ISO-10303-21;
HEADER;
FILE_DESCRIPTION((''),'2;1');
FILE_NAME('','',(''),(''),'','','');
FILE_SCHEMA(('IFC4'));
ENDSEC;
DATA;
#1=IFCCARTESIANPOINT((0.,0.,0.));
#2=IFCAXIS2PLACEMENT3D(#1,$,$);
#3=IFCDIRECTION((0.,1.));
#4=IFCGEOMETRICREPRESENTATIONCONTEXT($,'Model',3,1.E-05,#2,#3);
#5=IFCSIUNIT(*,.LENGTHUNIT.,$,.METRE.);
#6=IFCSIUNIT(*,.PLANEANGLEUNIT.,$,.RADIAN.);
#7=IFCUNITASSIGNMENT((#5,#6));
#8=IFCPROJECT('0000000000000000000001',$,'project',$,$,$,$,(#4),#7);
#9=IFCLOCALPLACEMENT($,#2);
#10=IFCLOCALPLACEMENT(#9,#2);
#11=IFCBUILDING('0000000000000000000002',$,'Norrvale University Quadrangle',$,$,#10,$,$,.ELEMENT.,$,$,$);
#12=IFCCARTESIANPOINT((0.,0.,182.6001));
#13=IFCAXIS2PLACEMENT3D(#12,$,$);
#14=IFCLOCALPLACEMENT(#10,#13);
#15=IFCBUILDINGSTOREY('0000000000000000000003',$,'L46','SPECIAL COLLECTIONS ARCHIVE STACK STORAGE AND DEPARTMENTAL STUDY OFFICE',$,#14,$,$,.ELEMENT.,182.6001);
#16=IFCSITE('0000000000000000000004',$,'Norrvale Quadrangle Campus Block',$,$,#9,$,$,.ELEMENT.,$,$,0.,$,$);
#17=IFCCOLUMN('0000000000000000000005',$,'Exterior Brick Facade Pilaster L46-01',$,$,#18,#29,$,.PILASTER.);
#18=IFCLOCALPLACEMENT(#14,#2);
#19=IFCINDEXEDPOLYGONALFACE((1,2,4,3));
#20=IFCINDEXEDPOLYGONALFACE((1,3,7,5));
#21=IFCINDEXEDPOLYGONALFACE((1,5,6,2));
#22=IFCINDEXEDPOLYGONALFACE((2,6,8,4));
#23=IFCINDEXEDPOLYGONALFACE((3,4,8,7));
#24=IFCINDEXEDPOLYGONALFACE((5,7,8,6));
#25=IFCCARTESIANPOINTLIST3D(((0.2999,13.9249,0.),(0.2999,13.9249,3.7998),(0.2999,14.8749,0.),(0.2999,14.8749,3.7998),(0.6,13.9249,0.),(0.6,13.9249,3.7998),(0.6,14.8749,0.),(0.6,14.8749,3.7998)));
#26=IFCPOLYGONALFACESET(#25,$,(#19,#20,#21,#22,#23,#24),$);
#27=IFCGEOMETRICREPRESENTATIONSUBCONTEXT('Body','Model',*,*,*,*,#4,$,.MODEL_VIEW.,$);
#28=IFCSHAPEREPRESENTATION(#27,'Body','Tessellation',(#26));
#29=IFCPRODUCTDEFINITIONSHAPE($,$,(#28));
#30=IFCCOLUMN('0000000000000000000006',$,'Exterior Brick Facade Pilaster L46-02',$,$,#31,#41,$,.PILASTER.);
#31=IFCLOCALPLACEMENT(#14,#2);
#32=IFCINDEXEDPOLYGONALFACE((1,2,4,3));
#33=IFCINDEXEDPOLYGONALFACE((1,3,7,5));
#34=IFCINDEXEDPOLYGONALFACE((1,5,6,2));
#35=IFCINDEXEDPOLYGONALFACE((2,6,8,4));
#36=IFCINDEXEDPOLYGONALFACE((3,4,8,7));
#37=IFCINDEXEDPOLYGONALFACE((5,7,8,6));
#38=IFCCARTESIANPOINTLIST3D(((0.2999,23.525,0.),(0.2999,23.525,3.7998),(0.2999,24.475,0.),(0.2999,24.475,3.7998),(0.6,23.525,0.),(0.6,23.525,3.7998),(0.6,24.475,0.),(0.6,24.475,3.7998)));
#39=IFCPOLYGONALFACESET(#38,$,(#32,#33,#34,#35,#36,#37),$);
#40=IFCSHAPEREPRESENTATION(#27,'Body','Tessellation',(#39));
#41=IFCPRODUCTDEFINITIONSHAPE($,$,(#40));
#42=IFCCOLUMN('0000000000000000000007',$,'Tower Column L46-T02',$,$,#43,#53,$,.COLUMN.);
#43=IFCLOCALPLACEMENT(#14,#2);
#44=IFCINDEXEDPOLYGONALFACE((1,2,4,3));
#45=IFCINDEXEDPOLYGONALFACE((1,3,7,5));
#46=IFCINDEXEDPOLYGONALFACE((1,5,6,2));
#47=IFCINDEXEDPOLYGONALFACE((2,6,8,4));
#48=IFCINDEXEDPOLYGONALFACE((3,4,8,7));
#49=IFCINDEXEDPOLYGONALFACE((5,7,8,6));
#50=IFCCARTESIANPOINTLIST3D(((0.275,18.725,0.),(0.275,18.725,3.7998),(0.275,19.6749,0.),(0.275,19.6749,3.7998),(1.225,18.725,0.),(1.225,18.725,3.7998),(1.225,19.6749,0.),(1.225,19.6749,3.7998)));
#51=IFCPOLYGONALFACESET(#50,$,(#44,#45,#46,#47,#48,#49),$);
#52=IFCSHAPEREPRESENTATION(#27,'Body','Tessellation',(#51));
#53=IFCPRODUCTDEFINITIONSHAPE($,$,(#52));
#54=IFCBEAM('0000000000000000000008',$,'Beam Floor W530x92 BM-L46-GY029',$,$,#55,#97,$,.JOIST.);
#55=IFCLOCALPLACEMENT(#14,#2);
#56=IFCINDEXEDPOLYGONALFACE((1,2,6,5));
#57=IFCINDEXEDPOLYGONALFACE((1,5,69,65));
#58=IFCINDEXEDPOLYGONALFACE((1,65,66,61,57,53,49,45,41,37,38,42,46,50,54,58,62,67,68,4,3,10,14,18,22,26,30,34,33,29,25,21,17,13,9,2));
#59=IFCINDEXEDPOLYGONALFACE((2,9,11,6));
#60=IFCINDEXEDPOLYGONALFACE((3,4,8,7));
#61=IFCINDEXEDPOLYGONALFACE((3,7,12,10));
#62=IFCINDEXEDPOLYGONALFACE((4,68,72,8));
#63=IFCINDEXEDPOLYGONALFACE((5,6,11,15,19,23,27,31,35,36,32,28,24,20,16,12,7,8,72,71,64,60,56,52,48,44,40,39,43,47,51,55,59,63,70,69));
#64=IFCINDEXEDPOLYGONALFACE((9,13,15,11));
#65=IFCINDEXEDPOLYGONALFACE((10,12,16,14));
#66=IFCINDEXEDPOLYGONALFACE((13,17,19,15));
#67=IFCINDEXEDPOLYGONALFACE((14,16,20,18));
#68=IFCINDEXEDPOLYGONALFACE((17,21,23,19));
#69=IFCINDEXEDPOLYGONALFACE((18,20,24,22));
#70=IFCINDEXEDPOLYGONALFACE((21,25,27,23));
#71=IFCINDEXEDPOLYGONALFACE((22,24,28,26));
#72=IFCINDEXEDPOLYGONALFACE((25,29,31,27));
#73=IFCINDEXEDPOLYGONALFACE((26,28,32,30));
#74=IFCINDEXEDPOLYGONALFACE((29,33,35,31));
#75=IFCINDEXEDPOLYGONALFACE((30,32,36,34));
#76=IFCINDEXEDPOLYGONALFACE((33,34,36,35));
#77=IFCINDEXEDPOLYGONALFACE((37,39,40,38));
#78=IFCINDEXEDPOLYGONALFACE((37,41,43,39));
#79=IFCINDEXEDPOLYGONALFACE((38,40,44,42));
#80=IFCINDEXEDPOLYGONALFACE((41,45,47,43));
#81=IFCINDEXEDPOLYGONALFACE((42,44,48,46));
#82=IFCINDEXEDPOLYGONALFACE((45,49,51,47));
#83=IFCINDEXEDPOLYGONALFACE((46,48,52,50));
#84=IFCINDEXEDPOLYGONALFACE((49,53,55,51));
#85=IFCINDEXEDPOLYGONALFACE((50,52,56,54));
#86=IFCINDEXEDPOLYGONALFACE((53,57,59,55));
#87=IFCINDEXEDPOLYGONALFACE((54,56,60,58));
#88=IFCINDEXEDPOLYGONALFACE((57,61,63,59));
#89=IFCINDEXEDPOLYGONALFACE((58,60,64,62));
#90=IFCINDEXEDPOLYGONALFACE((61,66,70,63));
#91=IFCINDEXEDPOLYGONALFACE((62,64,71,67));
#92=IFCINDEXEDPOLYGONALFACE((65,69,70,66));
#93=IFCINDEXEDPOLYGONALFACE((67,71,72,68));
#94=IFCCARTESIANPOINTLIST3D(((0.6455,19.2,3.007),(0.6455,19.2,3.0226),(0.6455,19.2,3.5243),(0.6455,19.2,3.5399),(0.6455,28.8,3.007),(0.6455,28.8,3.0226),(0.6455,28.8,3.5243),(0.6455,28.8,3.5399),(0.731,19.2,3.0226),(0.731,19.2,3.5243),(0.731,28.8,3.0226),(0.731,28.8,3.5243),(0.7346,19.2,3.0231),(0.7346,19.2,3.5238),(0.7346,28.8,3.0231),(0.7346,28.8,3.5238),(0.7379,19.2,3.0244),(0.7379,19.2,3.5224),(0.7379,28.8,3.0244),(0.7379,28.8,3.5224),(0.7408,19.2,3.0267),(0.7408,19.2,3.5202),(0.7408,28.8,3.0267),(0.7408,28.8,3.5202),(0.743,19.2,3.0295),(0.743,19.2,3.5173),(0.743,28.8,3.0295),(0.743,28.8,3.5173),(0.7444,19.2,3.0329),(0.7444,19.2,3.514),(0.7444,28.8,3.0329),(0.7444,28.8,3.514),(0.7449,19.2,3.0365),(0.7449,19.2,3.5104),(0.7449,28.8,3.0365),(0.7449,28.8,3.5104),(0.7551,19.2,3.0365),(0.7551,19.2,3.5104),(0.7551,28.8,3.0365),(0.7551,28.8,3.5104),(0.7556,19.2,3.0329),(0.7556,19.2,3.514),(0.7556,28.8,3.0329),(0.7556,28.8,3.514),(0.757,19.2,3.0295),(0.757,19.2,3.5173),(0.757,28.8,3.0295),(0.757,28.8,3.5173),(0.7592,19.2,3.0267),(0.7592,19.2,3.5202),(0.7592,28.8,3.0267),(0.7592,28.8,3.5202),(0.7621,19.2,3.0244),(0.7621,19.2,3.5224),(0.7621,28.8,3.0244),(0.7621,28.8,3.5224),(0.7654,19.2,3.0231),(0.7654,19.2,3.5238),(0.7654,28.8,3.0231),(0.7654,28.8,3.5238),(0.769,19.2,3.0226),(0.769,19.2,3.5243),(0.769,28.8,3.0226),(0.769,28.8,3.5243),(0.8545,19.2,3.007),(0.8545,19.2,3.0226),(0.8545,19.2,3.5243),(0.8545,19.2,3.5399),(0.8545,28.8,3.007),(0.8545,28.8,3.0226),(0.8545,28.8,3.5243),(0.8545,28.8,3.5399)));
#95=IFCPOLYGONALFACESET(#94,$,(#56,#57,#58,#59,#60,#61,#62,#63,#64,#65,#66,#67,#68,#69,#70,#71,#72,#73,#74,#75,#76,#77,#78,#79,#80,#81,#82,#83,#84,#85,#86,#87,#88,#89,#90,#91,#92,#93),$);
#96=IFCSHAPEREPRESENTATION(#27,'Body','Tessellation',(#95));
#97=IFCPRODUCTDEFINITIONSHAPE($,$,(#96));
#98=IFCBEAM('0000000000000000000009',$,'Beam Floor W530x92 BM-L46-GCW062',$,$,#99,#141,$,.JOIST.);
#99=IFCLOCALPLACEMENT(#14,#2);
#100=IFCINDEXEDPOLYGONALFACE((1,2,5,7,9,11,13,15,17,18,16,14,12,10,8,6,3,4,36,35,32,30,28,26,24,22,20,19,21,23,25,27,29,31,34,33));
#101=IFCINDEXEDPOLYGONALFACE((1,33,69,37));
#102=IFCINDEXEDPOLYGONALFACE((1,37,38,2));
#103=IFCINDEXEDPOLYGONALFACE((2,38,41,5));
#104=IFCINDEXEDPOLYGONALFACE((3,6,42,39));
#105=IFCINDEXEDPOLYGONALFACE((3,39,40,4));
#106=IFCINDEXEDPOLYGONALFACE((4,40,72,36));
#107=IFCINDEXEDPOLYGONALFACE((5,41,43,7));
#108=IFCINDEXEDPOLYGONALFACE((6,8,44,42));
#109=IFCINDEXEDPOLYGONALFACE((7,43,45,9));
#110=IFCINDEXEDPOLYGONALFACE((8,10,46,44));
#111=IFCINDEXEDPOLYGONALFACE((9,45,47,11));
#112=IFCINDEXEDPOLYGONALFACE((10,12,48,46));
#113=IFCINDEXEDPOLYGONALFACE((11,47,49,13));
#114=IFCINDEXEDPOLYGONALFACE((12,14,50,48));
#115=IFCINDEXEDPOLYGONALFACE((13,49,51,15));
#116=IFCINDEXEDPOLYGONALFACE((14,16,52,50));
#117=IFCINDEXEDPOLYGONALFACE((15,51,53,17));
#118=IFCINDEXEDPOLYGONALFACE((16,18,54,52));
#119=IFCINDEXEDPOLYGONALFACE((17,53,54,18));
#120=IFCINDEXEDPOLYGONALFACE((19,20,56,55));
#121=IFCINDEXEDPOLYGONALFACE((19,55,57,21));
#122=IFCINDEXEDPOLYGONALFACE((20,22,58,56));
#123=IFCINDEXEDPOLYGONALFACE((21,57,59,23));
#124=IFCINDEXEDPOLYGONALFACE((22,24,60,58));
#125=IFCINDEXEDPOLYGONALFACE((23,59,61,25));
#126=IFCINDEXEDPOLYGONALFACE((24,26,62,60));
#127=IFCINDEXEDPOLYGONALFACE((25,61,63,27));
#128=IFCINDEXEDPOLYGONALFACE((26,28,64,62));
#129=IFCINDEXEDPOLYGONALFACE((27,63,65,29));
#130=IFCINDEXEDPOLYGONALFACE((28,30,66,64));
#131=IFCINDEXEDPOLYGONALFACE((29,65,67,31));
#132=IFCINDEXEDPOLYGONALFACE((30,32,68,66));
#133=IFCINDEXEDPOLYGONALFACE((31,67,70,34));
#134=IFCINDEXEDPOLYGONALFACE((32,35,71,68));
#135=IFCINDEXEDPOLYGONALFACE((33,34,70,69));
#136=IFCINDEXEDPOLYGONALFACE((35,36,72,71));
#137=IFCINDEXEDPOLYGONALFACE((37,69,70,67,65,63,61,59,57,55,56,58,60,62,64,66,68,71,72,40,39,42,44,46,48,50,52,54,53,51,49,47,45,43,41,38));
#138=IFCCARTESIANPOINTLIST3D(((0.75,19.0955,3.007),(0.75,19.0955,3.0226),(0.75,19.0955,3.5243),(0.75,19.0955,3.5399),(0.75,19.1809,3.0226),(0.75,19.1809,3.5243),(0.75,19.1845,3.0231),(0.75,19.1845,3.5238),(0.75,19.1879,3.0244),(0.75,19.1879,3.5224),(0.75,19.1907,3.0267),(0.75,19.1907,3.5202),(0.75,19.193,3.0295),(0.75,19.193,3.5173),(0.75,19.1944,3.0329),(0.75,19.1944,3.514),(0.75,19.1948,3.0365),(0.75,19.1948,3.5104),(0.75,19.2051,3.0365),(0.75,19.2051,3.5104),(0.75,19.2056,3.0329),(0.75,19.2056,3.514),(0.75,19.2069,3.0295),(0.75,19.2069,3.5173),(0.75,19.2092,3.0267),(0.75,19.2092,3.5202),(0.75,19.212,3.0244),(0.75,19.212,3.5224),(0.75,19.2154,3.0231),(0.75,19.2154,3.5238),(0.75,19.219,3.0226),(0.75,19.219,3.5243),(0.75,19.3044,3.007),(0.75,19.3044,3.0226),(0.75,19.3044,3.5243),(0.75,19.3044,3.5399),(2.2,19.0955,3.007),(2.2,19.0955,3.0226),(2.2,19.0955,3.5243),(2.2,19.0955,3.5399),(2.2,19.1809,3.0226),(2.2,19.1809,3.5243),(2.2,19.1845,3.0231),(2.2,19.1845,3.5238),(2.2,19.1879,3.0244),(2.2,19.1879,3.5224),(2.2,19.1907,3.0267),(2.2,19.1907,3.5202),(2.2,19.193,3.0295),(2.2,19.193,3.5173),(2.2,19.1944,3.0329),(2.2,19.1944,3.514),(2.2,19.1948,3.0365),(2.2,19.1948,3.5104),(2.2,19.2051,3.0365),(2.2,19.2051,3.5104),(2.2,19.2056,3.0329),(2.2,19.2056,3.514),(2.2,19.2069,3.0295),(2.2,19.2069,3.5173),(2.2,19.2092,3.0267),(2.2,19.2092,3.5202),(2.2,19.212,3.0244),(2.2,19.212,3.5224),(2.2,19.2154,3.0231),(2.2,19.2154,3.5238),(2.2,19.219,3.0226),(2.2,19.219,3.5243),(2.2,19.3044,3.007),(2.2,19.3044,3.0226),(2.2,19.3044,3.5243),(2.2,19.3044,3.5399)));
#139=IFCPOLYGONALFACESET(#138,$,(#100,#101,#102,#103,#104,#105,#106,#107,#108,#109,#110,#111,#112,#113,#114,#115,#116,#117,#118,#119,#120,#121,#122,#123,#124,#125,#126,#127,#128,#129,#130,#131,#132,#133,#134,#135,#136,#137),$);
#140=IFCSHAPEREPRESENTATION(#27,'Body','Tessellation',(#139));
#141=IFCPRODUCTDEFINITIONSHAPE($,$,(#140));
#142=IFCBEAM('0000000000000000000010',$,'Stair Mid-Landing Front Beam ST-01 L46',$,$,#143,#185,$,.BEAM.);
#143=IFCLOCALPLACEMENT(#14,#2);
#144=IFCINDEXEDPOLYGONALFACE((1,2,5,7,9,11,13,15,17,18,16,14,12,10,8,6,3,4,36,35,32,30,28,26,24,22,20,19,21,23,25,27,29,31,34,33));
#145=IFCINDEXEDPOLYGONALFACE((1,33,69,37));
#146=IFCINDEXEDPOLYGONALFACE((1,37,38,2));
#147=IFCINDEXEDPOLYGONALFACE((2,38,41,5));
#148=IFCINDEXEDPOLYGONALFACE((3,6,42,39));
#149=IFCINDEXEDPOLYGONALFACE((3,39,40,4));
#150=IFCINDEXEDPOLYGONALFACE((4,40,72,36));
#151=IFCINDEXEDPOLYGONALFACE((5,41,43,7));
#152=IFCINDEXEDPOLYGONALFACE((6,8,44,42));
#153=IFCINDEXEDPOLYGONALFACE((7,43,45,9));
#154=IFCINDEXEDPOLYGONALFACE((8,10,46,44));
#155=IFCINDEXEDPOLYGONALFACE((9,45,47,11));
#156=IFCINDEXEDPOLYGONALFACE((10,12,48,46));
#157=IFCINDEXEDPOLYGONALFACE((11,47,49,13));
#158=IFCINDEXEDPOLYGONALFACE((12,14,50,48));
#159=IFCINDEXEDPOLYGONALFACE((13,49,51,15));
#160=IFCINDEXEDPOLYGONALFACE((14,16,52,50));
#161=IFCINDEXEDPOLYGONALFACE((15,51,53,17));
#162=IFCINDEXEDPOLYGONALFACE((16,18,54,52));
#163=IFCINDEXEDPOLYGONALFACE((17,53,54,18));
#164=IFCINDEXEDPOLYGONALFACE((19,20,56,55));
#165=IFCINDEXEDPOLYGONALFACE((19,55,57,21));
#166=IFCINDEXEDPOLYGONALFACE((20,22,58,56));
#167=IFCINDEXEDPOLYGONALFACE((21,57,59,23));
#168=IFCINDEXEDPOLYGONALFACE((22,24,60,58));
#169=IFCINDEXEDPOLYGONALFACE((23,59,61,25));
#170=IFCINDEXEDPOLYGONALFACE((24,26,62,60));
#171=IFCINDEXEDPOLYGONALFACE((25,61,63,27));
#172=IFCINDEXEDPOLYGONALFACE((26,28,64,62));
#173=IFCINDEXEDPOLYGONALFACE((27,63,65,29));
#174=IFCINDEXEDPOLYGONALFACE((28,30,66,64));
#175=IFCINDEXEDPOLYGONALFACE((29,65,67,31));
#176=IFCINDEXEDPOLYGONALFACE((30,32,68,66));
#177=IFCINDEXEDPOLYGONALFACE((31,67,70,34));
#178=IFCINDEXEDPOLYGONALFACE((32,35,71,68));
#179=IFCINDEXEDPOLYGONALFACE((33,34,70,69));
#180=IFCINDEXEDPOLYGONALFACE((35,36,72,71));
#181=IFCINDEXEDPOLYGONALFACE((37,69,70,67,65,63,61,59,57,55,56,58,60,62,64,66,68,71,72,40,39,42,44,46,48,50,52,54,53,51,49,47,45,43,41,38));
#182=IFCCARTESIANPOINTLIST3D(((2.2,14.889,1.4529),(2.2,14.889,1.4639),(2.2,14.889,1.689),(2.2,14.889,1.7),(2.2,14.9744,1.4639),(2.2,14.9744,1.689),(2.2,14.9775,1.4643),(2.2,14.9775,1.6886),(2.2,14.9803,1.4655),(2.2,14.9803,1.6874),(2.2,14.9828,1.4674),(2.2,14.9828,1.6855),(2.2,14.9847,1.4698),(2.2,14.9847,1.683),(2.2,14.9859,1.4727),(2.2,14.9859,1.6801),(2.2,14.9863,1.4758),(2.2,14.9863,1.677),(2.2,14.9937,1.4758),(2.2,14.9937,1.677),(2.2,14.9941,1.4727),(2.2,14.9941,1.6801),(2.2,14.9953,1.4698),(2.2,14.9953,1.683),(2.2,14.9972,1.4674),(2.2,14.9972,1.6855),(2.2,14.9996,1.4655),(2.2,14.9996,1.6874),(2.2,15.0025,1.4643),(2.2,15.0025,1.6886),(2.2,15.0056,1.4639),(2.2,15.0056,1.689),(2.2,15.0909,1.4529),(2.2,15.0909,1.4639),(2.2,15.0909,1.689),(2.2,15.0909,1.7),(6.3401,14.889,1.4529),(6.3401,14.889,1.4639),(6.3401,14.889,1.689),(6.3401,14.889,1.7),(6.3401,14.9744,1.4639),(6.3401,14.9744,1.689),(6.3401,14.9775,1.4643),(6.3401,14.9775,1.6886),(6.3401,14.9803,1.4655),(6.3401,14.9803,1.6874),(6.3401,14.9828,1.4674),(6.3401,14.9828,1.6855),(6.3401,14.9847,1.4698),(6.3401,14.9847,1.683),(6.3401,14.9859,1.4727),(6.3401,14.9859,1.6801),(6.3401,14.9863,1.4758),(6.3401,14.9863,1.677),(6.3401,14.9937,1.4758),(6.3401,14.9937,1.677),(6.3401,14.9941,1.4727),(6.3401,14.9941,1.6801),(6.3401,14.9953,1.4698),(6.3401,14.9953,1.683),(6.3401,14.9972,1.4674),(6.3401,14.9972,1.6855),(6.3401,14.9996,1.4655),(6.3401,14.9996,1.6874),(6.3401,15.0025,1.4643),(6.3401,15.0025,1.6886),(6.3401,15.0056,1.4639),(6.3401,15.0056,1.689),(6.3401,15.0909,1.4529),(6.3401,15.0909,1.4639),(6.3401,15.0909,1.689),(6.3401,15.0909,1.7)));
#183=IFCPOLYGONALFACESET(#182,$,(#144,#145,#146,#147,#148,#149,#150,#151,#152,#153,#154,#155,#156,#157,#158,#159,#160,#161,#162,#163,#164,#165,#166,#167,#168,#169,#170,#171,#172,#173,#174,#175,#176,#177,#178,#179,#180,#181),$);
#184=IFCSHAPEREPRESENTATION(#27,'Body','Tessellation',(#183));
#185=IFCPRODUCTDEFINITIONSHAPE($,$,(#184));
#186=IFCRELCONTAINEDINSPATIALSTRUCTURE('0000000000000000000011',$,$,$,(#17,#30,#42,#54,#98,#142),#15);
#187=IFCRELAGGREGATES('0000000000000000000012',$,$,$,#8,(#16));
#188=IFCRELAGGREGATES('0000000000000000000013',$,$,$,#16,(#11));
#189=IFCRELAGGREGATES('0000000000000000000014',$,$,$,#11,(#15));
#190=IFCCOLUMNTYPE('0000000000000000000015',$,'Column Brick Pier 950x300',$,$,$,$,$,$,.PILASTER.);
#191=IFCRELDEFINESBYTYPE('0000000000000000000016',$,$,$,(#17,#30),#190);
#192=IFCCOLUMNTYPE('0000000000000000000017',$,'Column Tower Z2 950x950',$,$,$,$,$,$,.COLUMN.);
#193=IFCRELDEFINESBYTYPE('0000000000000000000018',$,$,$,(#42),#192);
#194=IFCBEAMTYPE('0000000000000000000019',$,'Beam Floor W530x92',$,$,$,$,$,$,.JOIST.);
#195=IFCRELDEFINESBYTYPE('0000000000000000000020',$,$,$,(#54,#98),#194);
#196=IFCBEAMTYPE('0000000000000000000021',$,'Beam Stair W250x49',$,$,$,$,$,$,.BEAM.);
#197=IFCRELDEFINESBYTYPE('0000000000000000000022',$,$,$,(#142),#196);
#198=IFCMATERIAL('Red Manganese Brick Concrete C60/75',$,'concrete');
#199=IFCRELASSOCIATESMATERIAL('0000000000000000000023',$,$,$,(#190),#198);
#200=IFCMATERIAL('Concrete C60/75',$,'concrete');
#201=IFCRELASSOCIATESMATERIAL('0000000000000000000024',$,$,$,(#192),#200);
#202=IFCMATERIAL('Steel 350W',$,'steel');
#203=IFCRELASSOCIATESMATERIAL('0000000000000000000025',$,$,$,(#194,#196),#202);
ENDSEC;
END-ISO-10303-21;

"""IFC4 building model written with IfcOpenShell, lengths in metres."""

from ifc_helpers import new_model, si_unit, direction, frame, origin, origin_2d, place, context, subcontext, project, spatial, rectangle, i_section, extrude, material, material_profile, profile_set, type_object, element, save


model = new_model("IFC4")

# Units and contexts
model_context = context("Model", 3, precision=1e-05, world=origin(), true_north=direction((0.0, 1.0)))
body_context = subcontext(model_context, "Body", "Model", "MODEL_VIEW")
ifc_project = project(units=[si_unit("LENGTHUNIT", "METRE"), si_unit("PLANEANGLEUNIT", "RADIAN")], contexts=[model_context])

# Site, building, storey
site_placement = place(None, origin())
site = spatial("IfcSite", under=ifc_project, at=site_placement, Name="Norrvale Quadrangle Campus Block", CompositionType="ELEMENT", RefElevation=0.0)
building_placement = place(site_placement, origin())
building = spatial("IfcBuilding", under=site, at=building_placement, Name="Norrvale University Quadrangle", CompositionType="ELEMENT")
storey_placement = place(building_placement, frame((0.0, 0.0, 182.6001)))
storey = spatial("IfcBuildingStorey", under=building, at=storey_placement, Name="L46", Description="SPECIAL COLLECTIONS ARCHIVE STACK STORAGE AND DEPARTMENTAL STUDY OFFICE", CompositionType="ELEMENT", Elevation=182.6001)

# Columns
ifc_material_1 = material(Name="Red Manganese Brick Concrete C60/75", Category="concrete")
ifc_material_profile_1 = material_profile(ifc_material_1, rectangle(XDim=0.95, YDim=0.3, at=origin_2d()), Name="Red Manganese Brick Concrete C60/75")
ifc_profile_set_1 = profile_set([ifc_material_profile_1], Name="Red Manganese Brick Concrete C60/75")
column_type_1 = type_object("IfcColumnType", Name="Column Brick Pier 950x300", PredefinedType="PILASTER", material=ifc_profile_set_1)
for number, where, z_axis, x_axis, name in (
    (1, (0.45, 14.3999, 0.0), (0.0, 0.0, 1.0), (0.0, 1.0, 0.0), "Exterior Brick Facade Pilaster L46-01"),
    (2, (0.45, 24.0, 0.0), (0.0, 0.0, 1.0), (0.0, 1.0, 0.0), "Exterior Brick Facade Pilaster L46-02"),
):
    element("IfcColumn", number, at=place(storey_placement, frame(where, z_axis=z_axis, x_axis=x_axis)), inside=storey, type_object=column_type_1, Name=name, PredefinedType="PILASTER", context=body_context, shape_type="SweptSolid", body=[
        extrude(rectangle(XDim=0.95, YDim=0.3, at=origin_2d()), origin(), (0.0, 0.0, 1.0), 3.7998),
    ])
ifc_material_2 = material(Name="Concrete C60/75", Category="concrete")
ifc_material_profile_2 = material_profile(ifc_material_2, rectangle(XDim=0.95, YDim=0.95, at=origin_2d()), Name="Concrete C60/75")
ifc_profile_set_2 = profile_set([ifc_material_profile_2], Name="Concrete C60/75")
column_type_2 = type_object("IfcColumnType", Name="Column Tower Z2 950x950", PredefinedType="COLUMN", material=ifc_profile_set_2)
column_placement = place(storey_placement, frame((0.75, 19.2, 0.0), z_axis=(0.0, 0.0, 1.0), x_axis=(1.0, 0.0, 0.0)))
element("IfcColumn", 3, at=column_placement, inside=storey, type_object=column_type_2, Name="Tower Column L46-T02", PredefinedType="COLUMN", context=body_context, shape_type="SweptSolid", body=[
    extrude(rectangle(XDim=0.95, YDim=0.95, at=origin_2d()), origin(), (0.0, 0.0, 1.0), 3.7998),
])

# Beams
ifc_material_3 = material(Name="Steel 350W", Category="steel")
ifc_material_profile_3 = material_profile(ifc_material_3, i_section(OverallWidth=0.209, OverallDepth=0.533, WebThickness=0.0103, FlangeThickness=0.0156, FilletRadius=0.0139, at=origin_2d()), Name="Steel 350W")
ifc_profile_set_3 = profile_set([ifc_material_profile_3], Name="Steel 350W")
beam_type_1 = type_object("IfcBeamType", Name="Beam Floor W530x92", PredefinedType="JOIST", material=ifc_profile_set_3)
beam_1_placement = place(storey_placement, frame((0.75, 19.2, 3.2734), z_axis=(0.0, 1.0, 0.0), x_axis=(-1.0, 0.0, 0.0)))
element("IfcBeam", 4, at=beam_1_placement, inside=storey, type_object=beam_type_1, Name="Beam Floor W530x92 BM-L46-GY029", PredefinedType="JOIST", context=body_context, shape_type="SweptSolid", body=[
    extrude(i_section(OverallWidth=0.209, OverallDepth=0.533, WebThickness=0.0103, FlangeThickness=0.0156, FilletRadius=0.0139, at=origin_2d()), origin(), (0.0, 0.0, 1.0), 9.6001),
])
beam_2_placement = place(storey_placement, frame((0.75, 19.2, 3.2734), z_axis=(1.0, 0.0, 0.0), x_axis=(0.0, 1.0, 0.0)))
element("IfcBeam", 5, at=beam_2_placement, inside=storey, type_object=beam_type_1, Name="Beam Floor W530x92 BM-L46-GCW062", PredefinedType="JOIST", context=body_context, shape_type="SweptSolid", body=[
    extrude(i_section(OverallWidth=0.209, OverallDepth=0.533, WebThickness=0.0103, FlangeThickness=0.0156, FilletRadius=0.0139, at=origin_2d()), origin(), (0.0, 0.0, 1.0), 1.45),
])
ifc_material_profile_4 = material_profile(ifc_material_3, i_section(OverallWidth=0.2019, OverallDepth=0.2471, WebThickness=0.0073, FlangeThickness=0.011, FilletRadius=0.012, at=origin_2d()), Name="Steel 350W")
ifc_profile_set_4 = profile_set([ifc_material_profile_4], Name="Steel 350W")
beam_type_2 = type_object("IfcBeamType", Name="Beam Stair W250x49", PredefinedType="BEAM", material=ifc_profile_set_4)
for number, where, z_axis, x_axis, name in (
    (6, (2.2, 14.99, 1.5764), (1.0, 0.0, 0.0), (0.0, 1.0, 0.0), "Stair Mid-Landing Front Beam ST-01 L46"),
):
    element("IfcBeam", number, at=place(storey_placement, frame(where, z_axis=z_axis, x_axis=x_axis)), inside=storey, type_object=beam_type_2, Name=name, PredefinedType="BEAM", context=body_context, shape_type="SweptSolid", body=[
        extrude(i_section(OverallWidth=0.2019, OverallDepth=0.2471, WebThickness=0.0073, FlangeThickness=0.011, FilletRadius=0.012, at=origin_2d()), origin(), (0.0, 0.0, 1.0), 4.1401),
    ])

save(model, "model.ifc")
